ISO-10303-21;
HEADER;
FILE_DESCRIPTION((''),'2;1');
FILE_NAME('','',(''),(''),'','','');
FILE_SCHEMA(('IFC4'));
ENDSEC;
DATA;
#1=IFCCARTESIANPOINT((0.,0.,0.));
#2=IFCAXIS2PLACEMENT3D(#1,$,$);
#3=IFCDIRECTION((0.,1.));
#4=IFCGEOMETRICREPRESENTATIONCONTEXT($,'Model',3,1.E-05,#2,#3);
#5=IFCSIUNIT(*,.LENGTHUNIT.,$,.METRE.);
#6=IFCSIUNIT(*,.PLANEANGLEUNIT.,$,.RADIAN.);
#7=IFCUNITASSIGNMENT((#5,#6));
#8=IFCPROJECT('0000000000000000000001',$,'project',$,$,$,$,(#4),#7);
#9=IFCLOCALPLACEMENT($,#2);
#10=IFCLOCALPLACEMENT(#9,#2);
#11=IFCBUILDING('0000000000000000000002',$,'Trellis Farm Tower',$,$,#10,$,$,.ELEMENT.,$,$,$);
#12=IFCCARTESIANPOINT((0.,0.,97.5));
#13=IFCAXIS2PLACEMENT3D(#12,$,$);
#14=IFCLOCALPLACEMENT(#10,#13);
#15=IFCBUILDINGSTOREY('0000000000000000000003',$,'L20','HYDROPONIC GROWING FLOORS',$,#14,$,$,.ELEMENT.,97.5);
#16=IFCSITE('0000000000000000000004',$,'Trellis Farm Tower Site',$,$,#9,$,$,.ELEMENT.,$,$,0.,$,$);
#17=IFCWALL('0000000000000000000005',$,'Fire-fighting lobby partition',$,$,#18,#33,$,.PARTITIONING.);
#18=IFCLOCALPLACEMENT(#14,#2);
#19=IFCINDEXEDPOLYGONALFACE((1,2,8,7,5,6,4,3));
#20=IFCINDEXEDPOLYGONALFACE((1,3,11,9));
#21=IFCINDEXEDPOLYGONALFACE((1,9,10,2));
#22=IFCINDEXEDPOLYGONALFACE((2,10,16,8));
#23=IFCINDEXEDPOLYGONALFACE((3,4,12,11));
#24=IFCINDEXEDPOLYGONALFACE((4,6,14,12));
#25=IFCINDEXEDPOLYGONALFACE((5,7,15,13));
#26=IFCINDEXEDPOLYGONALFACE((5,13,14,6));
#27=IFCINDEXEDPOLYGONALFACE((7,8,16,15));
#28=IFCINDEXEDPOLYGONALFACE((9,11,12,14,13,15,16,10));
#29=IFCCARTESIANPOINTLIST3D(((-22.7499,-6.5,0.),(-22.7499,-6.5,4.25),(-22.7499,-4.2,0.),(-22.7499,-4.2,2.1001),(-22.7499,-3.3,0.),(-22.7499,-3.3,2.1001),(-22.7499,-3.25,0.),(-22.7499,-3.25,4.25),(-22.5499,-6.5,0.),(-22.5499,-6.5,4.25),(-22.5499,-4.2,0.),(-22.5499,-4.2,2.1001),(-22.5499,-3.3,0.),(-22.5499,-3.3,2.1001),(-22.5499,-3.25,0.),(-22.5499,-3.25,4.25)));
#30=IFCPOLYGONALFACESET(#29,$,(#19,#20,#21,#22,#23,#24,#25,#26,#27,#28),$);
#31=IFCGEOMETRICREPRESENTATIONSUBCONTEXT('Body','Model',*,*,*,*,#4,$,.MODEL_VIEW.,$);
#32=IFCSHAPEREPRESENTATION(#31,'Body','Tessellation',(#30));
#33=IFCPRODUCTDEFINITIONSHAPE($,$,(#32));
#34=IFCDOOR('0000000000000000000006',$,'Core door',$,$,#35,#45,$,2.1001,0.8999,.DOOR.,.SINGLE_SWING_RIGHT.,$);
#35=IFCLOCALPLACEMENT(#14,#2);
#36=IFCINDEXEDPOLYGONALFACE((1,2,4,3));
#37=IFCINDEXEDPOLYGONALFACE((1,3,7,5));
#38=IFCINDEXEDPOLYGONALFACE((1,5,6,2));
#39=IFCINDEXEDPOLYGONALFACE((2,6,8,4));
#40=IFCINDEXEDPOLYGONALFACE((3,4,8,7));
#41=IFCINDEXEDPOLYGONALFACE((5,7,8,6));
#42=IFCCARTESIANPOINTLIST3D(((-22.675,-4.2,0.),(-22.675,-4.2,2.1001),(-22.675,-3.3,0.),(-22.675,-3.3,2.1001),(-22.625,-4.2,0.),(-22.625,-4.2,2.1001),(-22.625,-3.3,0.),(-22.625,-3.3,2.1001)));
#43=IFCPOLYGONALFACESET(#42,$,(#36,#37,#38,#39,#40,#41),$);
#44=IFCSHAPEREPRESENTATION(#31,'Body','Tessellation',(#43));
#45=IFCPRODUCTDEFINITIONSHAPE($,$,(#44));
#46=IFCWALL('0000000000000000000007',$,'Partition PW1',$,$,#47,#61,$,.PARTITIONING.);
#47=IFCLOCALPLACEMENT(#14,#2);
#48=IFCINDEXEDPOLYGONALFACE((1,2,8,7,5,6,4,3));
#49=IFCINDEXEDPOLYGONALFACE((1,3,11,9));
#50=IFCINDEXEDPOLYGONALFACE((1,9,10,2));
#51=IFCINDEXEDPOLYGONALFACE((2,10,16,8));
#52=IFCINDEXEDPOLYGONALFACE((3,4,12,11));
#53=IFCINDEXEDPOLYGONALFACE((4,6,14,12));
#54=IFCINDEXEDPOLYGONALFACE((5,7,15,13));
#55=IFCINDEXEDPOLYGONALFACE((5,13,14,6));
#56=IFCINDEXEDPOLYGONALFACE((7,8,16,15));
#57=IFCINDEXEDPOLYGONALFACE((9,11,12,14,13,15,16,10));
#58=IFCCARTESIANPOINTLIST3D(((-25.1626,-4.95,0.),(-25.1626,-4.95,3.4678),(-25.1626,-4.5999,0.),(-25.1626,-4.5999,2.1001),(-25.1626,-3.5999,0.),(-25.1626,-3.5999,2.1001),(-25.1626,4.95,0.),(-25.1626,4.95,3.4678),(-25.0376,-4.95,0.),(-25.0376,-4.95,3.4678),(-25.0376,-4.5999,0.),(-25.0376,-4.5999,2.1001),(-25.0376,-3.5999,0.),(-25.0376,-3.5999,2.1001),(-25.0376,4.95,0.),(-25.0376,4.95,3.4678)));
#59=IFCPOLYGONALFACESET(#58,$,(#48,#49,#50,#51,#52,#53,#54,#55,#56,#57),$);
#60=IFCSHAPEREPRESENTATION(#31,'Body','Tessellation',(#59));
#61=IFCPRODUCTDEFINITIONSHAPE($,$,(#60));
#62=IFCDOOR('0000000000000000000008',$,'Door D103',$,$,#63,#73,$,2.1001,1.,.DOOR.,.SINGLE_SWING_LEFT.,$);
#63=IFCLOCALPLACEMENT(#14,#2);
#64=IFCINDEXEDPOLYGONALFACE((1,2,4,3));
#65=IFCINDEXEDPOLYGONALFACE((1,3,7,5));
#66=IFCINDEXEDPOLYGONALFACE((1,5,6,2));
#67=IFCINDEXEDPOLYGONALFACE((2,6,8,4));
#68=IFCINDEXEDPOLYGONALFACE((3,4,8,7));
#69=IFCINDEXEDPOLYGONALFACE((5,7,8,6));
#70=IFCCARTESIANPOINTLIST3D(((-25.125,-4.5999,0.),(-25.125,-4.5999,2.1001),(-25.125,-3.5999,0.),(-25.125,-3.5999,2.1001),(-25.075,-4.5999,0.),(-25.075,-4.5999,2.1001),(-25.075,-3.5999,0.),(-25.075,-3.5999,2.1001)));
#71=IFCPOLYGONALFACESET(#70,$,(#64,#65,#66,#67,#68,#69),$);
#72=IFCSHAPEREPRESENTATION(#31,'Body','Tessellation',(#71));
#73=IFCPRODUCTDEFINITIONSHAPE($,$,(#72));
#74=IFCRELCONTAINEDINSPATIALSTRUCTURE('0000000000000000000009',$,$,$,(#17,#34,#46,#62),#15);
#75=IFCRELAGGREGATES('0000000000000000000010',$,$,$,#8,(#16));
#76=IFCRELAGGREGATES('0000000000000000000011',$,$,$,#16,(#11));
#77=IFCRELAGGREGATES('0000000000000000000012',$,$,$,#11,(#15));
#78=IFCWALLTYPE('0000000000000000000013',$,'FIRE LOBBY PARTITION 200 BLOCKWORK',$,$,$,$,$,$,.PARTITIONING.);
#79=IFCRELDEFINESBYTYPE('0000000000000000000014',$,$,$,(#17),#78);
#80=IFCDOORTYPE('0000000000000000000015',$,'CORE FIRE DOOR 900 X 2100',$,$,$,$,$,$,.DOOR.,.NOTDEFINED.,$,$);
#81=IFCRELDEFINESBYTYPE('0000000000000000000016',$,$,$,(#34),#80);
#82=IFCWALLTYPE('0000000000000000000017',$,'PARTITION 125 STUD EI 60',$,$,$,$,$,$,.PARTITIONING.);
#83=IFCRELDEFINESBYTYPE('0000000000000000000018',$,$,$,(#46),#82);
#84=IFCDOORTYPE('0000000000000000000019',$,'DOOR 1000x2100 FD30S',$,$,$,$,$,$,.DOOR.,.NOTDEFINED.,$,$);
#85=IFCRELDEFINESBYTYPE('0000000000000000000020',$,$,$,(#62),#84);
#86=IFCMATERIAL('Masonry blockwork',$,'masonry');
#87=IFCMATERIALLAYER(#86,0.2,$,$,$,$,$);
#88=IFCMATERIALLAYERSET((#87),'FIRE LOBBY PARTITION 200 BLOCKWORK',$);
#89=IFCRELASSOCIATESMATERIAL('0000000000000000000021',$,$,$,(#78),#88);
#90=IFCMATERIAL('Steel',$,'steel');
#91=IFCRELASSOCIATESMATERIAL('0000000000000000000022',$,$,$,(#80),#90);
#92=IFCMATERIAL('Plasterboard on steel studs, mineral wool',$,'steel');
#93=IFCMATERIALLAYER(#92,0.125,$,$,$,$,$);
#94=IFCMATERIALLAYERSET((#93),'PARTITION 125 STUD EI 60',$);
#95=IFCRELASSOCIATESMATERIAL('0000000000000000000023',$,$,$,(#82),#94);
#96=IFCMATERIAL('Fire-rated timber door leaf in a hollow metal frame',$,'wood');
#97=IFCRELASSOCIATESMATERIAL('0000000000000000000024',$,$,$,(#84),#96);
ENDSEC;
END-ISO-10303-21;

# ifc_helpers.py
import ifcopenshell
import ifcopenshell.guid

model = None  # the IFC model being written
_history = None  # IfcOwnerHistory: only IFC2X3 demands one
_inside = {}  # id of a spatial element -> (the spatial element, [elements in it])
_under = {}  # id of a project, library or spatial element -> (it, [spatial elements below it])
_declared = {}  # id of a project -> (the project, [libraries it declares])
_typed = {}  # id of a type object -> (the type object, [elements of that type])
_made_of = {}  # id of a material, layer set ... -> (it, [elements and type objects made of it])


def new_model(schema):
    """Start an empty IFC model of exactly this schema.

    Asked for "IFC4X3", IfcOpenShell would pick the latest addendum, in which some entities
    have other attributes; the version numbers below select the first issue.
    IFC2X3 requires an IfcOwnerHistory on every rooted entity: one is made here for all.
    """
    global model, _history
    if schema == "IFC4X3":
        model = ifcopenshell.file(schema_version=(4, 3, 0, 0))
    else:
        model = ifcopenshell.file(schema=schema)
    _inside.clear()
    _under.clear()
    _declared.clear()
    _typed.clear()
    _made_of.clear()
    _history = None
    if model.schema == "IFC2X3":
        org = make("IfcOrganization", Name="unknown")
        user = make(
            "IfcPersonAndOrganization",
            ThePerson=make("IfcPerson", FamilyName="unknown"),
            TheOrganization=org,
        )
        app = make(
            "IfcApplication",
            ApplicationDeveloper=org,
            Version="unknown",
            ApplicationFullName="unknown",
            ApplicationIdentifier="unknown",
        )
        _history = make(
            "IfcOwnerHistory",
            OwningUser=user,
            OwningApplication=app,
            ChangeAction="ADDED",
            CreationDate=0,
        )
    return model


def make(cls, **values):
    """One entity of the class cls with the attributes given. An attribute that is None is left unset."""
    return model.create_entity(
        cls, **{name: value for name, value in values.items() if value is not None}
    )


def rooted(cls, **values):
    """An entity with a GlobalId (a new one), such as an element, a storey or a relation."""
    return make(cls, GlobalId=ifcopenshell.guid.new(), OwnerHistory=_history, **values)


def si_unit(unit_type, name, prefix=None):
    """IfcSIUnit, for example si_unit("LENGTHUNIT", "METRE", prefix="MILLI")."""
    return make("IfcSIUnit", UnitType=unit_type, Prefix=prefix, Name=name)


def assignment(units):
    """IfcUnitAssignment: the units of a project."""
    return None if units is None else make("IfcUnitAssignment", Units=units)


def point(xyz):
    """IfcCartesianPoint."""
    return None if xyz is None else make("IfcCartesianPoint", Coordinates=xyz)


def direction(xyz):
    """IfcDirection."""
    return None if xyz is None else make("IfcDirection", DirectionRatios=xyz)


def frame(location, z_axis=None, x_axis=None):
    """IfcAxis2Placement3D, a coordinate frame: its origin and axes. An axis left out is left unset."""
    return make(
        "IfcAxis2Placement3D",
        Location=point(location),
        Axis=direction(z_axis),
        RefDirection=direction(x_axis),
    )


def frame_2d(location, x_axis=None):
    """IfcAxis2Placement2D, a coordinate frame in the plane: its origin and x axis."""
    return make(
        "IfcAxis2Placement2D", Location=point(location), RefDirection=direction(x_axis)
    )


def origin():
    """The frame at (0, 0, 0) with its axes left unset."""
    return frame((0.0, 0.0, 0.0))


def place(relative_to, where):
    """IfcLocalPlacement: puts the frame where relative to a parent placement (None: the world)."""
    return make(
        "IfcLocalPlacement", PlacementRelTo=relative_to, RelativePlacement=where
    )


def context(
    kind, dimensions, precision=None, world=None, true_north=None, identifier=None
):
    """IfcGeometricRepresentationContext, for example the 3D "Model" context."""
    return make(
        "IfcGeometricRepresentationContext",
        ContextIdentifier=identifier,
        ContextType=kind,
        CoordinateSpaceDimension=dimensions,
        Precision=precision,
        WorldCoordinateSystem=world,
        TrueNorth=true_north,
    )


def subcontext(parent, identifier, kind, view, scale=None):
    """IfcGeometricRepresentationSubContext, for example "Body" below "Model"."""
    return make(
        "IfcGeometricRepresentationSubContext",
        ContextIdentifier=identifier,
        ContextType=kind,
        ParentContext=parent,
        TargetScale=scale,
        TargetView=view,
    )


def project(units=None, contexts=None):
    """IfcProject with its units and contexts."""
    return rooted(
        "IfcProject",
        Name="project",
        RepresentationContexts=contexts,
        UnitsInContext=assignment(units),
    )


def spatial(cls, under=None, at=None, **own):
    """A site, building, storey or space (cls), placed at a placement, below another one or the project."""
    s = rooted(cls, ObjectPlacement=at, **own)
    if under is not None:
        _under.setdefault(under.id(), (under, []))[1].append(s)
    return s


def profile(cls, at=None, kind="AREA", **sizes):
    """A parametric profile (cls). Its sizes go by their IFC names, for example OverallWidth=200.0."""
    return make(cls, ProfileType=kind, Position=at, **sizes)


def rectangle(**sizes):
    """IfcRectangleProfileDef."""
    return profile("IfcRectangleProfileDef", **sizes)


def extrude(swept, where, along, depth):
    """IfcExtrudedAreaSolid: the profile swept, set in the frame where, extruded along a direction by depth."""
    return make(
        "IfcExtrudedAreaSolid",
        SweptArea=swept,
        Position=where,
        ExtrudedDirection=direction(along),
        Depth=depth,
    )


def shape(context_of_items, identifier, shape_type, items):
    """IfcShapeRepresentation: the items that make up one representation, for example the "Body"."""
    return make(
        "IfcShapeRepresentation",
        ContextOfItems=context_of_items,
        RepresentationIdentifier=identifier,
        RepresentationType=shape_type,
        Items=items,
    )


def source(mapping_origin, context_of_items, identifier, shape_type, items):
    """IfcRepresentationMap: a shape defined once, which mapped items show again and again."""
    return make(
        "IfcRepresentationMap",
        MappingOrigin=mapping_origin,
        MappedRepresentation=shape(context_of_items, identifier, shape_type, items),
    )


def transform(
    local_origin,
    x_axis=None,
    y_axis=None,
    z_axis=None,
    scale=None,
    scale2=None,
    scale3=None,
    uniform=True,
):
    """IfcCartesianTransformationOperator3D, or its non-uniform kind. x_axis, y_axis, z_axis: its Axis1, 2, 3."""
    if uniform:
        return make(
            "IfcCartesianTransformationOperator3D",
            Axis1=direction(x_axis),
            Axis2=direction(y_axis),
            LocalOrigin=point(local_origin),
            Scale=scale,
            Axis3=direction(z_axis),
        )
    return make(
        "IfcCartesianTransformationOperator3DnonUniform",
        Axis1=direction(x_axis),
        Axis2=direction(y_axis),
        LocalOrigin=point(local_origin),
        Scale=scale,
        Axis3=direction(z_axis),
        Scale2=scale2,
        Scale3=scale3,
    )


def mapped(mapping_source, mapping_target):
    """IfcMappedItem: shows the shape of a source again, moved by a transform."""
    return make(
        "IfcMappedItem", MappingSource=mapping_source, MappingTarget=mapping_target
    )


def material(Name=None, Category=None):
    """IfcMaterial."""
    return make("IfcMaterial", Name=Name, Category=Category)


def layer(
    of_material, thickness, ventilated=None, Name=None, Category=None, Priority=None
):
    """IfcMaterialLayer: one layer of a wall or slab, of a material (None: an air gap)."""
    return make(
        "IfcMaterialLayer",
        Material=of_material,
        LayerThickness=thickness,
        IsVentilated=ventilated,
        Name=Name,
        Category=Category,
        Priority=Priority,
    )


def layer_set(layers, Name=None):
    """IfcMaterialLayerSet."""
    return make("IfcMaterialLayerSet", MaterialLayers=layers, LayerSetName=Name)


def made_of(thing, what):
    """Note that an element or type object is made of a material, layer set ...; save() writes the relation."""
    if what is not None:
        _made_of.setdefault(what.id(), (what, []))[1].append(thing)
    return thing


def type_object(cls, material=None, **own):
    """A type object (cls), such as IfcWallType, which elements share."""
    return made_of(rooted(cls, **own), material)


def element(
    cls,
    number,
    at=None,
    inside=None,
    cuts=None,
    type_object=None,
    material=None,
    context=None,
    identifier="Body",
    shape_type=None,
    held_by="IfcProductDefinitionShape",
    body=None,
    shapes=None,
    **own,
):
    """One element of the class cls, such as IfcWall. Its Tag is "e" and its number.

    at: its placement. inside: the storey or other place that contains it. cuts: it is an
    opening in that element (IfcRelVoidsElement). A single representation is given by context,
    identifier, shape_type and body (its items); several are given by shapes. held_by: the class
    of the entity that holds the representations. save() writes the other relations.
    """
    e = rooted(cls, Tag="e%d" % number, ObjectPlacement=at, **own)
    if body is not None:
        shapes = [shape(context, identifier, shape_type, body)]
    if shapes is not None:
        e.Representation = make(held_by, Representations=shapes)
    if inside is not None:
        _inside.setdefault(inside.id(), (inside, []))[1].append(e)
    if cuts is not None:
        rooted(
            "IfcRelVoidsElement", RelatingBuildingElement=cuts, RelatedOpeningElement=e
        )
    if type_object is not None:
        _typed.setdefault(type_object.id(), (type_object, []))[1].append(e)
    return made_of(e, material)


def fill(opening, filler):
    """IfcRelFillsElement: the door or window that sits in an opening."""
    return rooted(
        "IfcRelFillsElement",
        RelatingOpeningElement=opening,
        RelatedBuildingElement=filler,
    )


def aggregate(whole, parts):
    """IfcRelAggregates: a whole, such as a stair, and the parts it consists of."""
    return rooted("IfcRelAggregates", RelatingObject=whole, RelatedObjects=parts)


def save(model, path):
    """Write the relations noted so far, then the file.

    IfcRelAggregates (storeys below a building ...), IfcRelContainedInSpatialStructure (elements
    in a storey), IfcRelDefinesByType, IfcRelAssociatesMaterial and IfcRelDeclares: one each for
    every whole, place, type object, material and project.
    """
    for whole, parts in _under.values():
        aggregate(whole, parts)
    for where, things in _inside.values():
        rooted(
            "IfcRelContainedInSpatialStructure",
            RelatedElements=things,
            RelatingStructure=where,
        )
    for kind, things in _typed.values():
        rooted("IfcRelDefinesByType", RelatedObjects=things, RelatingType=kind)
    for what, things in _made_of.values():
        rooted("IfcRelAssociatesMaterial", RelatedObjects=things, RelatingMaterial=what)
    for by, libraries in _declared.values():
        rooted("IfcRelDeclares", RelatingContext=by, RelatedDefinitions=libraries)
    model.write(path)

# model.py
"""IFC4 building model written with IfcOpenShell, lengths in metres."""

from ifc_helpers import new_model, si_unit, direction, frame, frame_2d, origin, place, context, subcontext, project, spatial, rectangle, extrude, source, transform, mapped, material, layer, layer_set, type_object, element, fill, save


model = new_model("IFC4")

# Units and contexts
model_context = context("Model", 3, precision=1e-05, world=origin(), true_north=direction((0.0, 1.0)))
body_context = subcontext(model_context, "Body", "Model", "MODEL_VIEW")
ifc_project = project(units=[si_unit("LENGTHUNIT", "METRE"), si_unit("PLANEANGLEUNIT", "RADIAN")], contexts=[model_context])

# Site, building, storey
site_placement = place(None, origin())
site = spatial("IfcSite", under=ifc_project, at=site_placement, Name="Trellis Farm Tower Site", CompositionType="ELEMENT", RefElevation=0.0)
building_placement = place(site_placement, origin())
building = spatial("IfcBuilding", under=site, at=building_placement, Name="Trellis Farm Tower", CompositionType="ELEMENT")
storey_placement = place(building_placement, frame((0.0, 0.0, 97.5)))
storey = spatial("IfcBuildingStorey", under=building, at=storey_placement, Name="L20", Description="HYDROPONIC GROWING FLOORS", CompositionType="ELEMENT", Elevation=97.5)

# Walls, openings, doors
ifc_material_1 = material(Name="Masonry blockwork", Category="masonry")
ifc_layer_1 = layer(ifc_material_1, 0.2)
ifc_layer_set_1 = layer_set([ifc_layer_1], Name="FIRE LOBBY PARTITION 200 BLOCKWORK")
wall_type_1 = type_object("IfcWallType", Name="FIRE LOBBY PARTITION 200 BLOCKWORK", PredefinedType="PARTITIONING", material=ifc_layer_set_1)
shared_shape_1 = source(origin(), body_context, "Body", "SweptSolid", [
    extrude(rectangle(XDim=3.25, YDim=0.2, at=frame_2d((1.625, 0.0))), origin(), (0.0, 0.0, 1.0), 4.25),
])
ifc_material_2 = material(Name="Steel", Category="steel")
wall_1_placement = place(storey_placement, frame((-22.6499, -3.25, 0.0), z_axis=(0.0, 0.0, 1.0), x_axis=(0.0, -1.0, 0.0)))
wall_1 = element("IfcWall", 1, at=wall_1_placement, inside=storey, type_object=wall_type_1, Name="Fire-fighting lobby partition", PredefinedType="PARTITIONING", context=body_context, shape_type="MappedRepresentation", body=[
    mapped(shared_shape_1, transform((0.0, 0.0, 0.0))),
])
shared_shape_2 = source(origin(), body_context, "Body", "SweptSolid", [
    extrude(rectangle(XDim=0.8999, YDim=2.1001, at=frame_2d((0.45, 1.05))), frame((0.0, 0.1101, 0.0), z_axis=(0.0, -1.0, 0.0), x_axis=(1.0, 0.0, 0.0)), (0.0, 0.0, 1.0), 0.2202),
])
opening_1_placement = place(wall_1_placement, frame((0.05, 0.0, 0.0)))
opening_1 = element("IfcOpeningElement", 2, at=opening_1_placement, cuts=wall_1, PredefinedType="OPENING", context=body_context, shape_type="MappedRepresentation", body=[
    mapped(shared_shape_2, transform((0.0, 0.0, 0.0))),
])
door_type_1 = type_object("IfcDoorType", Name="CORE FIRE DOOR 900 X 2100", OperationType="NOTDEFINED", PredefinedType="DOOR", material=ifc_material_2)
shared_shape_3 = source(origin(), body_context, "Body", "SweptSolid", [
    extrude(rectangle(XDim=0.8999, YDim=2.1001, at=frame_2d((0.45, 1.05))), frame((0.0, 0.0249, 0.0), z_axis=(0.0, -1.0, 0.0), x_axis=(1.0, 0.0, 0.0)), (0.0, 0.0, 1.0), 0.05),
])
door_1_placement = place(opening_1_placement, origin())
door_1 = element("IfcDoor", 3, at=door_1_placement, inside=storey, type_object=door_type_1, Name="Core door", OperationType="SINGLE_SWING_RIGHT", OverallHeight=2.1001, OverallWidth=0.8999, PredefinedType="DOOR", context=body_context, shape_type="MappedRepresentation", body=[
    mapped(shared_shape_3, transform((0.0, 0.0, 0.0))),
])
fill(opening_1, door_1)
ifc_material_3 = material(Name="Plasterboard on steel studs, mineral wool", Category="steel")
ifc_layer_2 = layer(ifc_material_3, 0.125)
ifc_layer_set_2 = layer_set([ifc_layer_2], Name="PARTITION 125 STUD EI 60")
wall_type_2 = type_object("IfcWallType", Name="PARTITION 125 STUD EI 60", PredefinedType="PARTITIONING", material=ifc_layer_set_2)
shared_shape_4 = source(origin(), body_context, "Body", "SweptSolid", [
    extrude(rectangle(XDim=9.8999, YDim=0.125, at=frame_2d((4.95, 0.0))), origin(), (0.0, 0.0, 1.0), 3.4678),
])
wall_2_placement = place(storey_placement, frame((-25.1001, -4.95, 0.0), z_axis=(0.0, 0.0, 1.0), x_axis=(0.0, 1.0, 0.0)))
wall_2 = element("IfcWall", 4, at=wall_2_placement, inside=storey, type_object=wall_type_2, Name="Partition PW1", PredefinedType="PARTITIONING", context=body_context, shape_type="MappedRepresentation", body=[
    mapped(shared_shape_4, transform((0.0, 0.0, 0.0))),
])
shared_shape_5 = source(origin(), body_context, "Body", "SweptSolid", [
    extrude(rectangle(XDim=1.0, YDim=2.1001, at=frame_2d((0.5, 1.05))), frame((0.0, 0.0725, 0.0), z_axis=(0.0, -1.0, 0.0), x_axis=(1.0, 0.0, 0.0)), (0.0, 0.0, 1.0), 0.145),
])
opening_2_placement = place(wall_2_placement, frame((0.3501, 0.0, 0.0)))
opening_2 = element("IfcOpeningElement", 5, at=opening_2_placement, cuts=wall_2, PredefinedType="OPENING", context=body_context, shape_type="MappedRepresentation", body=[
    mapped(shared_shape_5, transform((0.0, 0.0, 0.0))),
])
ifc_material_4 = material(Name="Fire-rated timber door leaf in a hollow metal frame", Category="wood")
door_type_2 = type_object("IfcDoorType", Name="DOOR 1000x2100 FD30S", OperationType="NOTDEFINED", PredefinedType="DOOR", material=ifc_material_4)
shared_shape_6 = source(origin(), body_context, "Body", "SweptSolid", [
    extrude(rectangle(XDim=1.0, YDim=2.1001, at=frame_2d((0.5, 1.05))), frame((0.0, 0.0249, 0.0), z_axis=(0.0, -1.0, 0.0), x_axis=(1.0, 0.0, 0.0)), (0.0, 0.0, 1.0), 0.05),
])
door_2_placement = place(opening_2_placement, origin())
door_2 = element("IfcDoor", 6, at=door_2_placement, inside=storey, type_object=door_type_2, Name="Door D103", OperationType="SINGLE_SWING_LEFT", OverallHeight=2.1001, OverallWidth=1.0, PredefinedType="DOOR", context=body_context, shape_type="MappedRepresentation", body=[
    mapped(shared_shape_6, transform((0.0, 0.0, 0.0))),
])
fill(opening_2, door_2)

save(model, "model.ifc")
